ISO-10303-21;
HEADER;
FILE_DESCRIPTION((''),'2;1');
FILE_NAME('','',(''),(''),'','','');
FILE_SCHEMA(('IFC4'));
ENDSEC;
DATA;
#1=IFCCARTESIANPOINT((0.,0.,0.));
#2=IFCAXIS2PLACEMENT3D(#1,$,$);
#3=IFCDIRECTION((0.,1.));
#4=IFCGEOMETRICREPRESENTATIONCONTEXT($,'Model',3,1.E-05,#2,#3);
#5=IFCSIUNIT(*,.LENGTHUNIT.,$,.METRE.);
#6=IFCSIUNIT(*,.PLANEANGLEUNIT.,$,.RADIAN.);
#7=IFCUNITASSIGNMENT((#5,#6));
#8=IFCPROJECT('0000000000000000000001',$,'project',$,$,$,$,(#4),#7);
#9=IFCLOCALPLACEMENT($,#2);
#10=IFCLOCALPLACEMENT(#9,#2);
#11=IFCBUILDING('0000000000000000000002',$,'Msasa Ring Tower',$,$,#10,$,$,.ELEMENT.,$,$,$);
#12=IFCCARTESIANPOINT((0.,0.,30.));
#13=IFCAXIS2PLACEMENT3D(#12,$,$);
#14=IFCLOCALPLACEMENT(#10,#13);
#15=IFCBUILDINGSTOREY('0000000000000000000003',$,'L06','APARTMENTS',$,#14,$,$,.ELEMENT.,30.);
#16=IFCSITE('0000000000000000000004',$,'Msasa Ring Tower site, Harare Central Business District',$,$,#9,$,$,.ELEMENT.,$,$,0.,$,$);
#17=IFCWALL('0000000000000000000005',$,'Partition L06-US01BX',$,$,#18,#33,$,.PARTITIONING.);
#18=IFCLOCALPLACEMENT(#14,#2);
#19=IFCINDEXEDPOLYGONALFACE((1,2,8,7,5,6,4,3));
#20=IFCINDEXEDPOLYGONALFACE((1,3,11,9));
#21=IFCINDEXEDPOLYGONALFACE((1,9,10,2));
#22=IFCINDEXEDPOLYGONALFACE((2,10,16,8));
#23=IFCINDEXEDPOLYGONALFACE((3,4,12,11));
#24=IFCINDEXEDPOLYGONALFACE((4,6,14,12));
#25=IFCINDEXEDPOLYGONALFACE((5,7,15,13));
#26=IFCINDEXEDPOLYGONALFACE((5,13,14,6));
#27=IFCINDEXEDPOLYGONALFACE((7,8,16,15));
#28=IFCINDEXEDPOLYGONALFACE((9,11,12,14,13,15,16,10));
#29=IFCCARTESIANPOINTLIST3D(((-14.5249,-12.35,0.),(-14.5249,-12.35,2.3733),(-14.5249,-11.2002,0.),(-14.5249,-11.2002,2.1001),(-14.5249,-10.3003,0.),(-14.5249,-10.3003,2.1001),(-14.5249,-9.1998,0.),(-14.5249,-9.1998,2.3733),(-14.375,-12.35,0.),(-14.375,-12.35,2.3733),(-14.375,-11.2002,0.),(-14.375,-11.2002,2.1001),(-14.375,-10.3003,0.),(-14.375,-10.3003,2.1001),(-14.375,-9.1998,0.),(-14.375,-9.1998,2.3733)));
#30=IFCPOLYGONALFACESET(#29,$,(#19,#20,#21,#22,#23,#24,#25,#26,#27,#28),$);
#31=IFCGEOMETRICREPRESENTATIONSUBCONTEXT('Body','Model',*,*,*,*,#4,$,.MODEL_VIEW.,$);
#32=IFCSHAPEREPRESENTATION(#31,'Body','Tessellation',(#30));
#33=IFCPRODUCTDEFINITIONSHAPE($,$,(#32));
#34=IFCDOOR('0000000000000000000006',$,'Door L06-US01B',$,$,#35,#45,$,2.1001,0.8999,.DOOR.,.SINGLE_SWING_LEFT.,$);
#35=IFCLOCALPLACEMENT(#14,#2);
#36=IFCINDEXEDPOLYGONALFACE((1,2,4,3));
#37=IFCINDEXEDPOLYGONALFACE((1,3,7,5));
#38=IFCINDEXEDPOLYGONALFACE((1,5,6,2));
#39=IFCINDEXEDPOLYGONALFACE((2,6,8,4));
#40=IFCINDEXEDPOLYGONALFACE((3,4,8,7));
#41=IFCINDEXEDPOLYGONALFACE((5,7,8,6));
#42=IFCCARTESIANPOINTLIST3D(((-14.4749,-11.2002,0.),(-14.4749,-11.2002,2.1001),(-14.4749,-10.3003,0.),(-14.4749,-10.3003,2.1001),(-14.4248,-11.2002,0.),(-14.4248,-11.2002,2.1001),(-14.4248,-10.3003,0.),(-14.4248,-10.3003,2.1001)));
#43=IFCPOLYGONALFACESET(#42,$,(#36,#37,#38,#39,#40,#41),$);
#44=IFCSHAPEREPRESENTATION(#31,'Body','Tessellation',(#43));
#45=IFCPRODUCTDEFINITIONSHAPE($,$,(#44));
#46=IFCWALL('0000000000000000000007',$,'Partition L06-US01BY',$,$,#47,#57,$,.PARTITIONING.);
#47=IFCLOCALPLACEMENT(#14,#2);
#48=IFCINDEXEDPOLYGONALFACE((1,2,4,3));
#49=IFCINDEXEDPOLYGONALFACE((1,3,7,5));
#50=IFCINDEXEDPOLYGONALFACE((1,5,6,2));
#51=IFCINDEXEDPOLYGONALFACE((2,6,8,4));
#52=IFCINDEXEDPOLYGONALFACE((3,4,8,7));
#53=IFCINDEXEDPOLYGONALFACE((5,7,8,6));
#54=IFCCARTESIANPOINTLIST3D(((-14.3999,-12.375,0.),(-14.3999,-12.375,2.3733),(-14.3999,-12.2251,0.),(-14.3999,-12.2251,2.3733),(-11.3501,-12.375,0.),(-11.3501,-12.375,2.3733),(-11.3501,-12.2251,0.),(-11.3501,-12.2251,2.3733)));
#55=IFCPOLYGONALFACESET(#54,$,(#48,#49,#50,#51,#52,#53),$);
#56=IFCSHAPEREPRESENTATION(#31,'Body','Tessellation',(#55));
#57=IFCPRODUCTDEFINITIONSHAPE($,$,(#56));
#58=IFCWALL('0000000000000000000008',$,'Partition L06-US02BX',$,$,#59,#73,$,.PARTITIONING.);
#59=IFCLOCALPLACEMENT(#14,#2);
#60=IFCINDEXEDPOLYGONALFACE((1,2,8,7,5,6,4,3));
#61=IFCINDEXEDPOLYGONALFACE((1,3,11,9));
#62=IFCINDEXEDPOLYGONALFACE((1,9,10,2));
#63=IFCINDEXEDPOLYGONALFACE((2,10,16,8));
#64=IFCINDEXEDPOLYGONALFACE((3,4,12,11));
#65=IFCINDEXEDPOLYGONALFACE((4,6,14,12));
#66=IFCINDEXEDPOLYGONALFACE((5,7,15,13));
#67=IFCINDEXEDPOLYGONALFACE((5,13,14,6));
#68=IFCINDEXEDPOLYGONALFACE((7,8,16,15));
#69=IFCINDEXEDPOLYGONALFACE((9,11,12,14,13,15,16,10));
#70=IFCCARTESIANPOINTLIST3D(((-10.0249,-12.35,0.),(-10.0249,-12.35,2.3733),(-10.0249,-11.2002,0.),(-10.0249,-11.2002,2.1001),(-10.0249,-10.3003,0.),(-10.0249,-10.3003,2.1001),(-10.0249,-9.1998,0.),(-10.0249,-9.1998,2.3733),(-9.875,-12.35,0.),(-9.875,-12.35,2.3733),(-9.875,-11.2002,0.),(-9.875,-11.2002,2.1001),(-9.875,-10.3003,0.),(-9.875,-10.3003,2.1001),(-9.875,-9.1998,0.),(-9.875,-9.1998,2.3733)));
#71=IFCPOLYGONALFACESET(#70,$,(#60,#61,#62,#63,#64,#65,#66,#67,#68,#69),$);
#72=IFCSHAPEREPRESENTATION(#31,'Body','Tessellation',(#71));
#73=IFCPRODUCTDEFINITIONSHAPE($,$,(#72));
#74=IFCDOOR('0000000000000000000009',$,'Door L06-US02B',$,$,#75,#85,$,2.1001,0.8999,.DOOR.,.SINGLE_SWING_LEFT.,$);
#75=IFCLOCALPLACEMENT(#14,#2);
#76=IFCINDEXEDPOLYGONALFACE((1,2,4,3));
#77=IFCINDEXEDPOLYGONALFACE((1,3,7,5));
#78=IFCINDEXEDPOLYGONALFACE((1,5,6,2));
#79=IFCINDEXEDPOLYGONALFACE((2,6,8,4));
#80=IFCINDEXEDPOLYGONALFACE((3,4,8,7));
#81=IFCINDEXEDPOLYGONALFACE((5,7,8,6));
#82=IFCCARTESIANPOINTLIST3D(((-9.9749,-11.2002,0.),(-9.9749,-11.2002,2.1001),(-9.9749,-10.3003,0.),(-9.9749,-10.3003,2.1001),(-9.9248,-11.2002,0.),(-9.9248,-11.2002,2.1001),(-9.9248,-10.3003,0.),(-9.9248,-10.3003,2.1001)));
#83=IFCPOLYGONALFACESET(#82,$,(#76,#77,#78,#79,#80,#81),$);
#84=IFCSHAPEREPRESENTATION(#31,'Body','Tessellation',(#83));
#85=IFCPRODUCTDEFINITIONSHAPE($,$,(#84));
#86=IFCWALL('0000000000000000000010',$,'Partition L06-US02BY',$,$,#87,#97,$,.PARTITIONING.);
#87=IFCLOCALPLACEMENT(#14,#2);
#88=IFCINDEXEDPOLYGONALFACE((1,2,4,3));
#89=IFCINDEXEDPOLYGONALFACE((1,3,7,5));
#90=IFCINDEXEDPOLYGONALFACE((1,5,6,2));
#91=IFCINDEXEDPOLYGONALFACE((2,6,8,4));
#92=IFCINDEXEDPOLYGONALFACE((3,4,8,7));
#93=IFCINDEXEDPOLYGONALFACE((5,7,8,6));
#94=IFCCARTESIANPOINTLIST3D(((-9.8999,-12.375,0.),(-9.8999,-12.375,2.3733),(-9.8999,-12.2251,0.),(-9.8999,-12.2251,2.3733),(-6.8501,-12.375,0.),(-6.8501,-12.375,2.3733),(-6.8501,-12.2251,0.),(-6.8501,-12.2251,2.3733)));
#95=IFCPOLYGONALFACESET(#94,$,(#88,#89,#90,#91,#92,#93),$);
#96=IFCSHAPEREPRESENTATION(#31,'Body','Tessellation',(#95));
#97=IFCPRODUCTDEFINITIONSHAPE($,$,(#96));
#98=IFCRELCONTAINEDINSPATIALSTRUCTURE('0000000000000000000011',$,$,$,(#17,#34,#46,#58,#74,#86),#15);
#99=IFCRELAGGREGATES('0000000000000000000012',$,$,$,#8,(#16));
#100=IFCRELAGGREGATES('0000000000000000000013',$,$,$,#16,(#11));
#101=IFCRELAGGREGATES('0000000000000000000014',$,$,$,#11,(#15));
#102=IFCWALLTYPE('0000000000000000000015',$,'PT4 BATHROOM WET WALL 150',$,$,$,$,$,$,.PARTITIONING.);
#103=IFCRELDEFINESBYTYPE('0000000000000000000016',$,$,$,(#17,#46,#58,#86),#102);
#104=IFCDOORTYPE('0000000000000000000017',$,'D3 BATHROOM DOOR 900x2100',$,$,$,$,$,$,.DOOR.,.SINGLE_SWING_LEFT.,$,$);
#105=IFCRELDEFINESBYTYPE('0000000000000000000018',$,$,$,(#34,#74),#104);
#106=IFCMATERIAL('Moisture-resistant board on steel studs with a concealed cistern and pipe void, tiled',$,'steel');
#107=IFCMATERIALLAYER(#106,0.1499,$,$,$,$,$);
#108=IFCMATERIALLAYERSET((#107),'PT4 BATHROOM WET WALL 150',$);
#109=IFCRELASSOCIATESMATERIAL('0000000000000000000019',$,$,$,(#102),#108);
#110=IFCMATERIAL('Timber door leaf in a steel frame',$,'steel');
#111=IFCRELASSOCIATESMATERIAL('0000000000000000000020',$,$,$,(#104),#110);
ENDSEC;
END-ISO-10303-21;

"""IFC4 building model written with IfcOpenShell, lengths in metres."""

from ifc_helpers import new_model, si_unit, direction, frame, frame_2d, origin, place, context, subcontext, project, spatial, rectangle, extrude, material, layer, layer_set, type_object, element, fill, save


model = new_model("IFC4")

# Units and contexts
model_context = context("Model", 3, precision=1e-05, world=origin(), true_north=direction((0.0, 1.0)))
body_context = subcontext(model_context, "Body", "Model", "MODEL_VIEW")
ifc_project = project(units=[si_unit("LENGTHUNIT", "METRE"), si_unit("PLANEANGLEUNIT", "RADIAN")], contexts=[model_context])

# Site, building, storey
site_placement = place(None, origin())
site = spatial("IfcSite", under=ifc_project, at=site_placement, Name="Msasa Ring Tower site, Harare Central Business District", CompositionType="ELEMENT", RefElevation=0.0)
building_placement = place(site_placement, origin())
building = spatial("IfcBuilding", under=site, at=building_placement, Name="Msasa Ring Tower", CompositionType="ELEMENT")
storey_placement = place(building_placement, frame((0.0, 0.0, 30.0)))
storey = spatial("IfcBuildingStorey", under=building, at=storey_placement, Name="L06", Description="APARTMENTS", CompositionType="ELEMENT", Elevation=30.0)

# Wall, opening, door
ifc_material_1 = material(Name="Moisture-resistant board on steel studs with a concealed cistern and pipe void, tiled", Category="steel")
ifc_layer_1 = layer(ifc_material_1, 0.1499)
ifc_layer_set_1 = layer_set([ifc_layer_1], Name="PT4 BATHROOM WET WALL 150")
wall_type_1 = type_object("IfcWallType", Name="PT4 BATHROOM WET WALL 150", PredefinedType="PARTITIONING", material=ifc_layer_set_1)
wall_1_placement = place(storey_placement, frame((-14.45, -12.3501, 0.0), z_axis=(0.0, 0.0, 1.0), x_axis=(0.0, 1.0, 0.0)))
wall_1 = element("IfcWall", 1, at=wall_1_placement, inside=storey, type_object=wall_type_1, Name="Partition L06-US01BX", PredefinedType="PARTITIONING", context=body_context, shape_type="SweptSolid", body=[
    extrude(rectangle(XDim=3.1501, YDim=0.1499, at=frame_2d((1.5752, 0.0))), origin(), (0.0, 0.0, 1.0), 2.3733),
])
opening_1_placement = place(wall_1_placement, frame((1.1499, 0.0, 0.0)))
opening_1 = element("IfcOpeningElement", 2, at=opening_1_placement, cuts=wall_1, PredefinedType="OPENING", context=body_context, shape_type="SweptSolid", body=[
    extrude(rectangle(XDim=0.8999, YDim=2.1001, at=frame_2d((0.45, 1.05))), frame((0.0, 0.085, 0.0), z_axis=(0.0, -1.0, 0.0), x_axis=(1.0, 0.0, 0.0)), (0.0, 0.0, 1.0), 0.1699),
])
ifc_material_2 = material(Name="Timber door leaf in a steel frame", Category="steel")
door_type_1 = type_object("IfcDoorType", Name="D3 BATHROOM DOOR 900x2100", OperationType="SINGLE_SWING_LEFT", PredefinedType="DOOR", material=ifc_material_2)
door_1_placement = place(opening_1_placement, origin())
door_1 = element("IfcDoor", 3, at=door_1_placement, inside=storey, type_object=door_type_1, Name="Door L06-US01B", OperationType="SINGLE_SWING_LEFT", OverallHeight=2.1001, OverallWidth=0.8999, PredefinedType="DOOR", context=body_context, shape_type="SweptSolid", body=[
    extrude(rectangle(XDim=0.8999, YDim=2.1001, at=frame_2d((0.45, 1.05))), frame((0.0, 0.0249, 0.0), z_axis=(0.0, -1.0, 0.0), x_axis=(1.0, 0.0, 0.0)), (0.0, 0.0, 1.0), 0.05),
])
fill(opening_1, door_1)

# Wall
wall_2_placement = place(storey_placement, frame((-14.3999, -12.3, 0.0), z_axis=(0.0, 0.0, 1.0), x_axis=(1.0, 0.0, 0.0)))
element("IfcWall", 4, at=wall_2_placement, inside=storey, type_object=wall_type_1, Name="Partition L06-US01BY", PredefinedType="PARTITIONING", context=body_context, shape_type="SweptSolid", body=[
    extrude(rectangle(XDim=3.0498, YDim=0.1499, at=frame_2d((1.5249, 0.0))), origin(), (0.0, 0.0, 1.0), 2.3733),
])

# Wall, opening, door
wall_3_placement = place(storey_placement, frame((-9.95, -12.3501, 0.0), z_axis=(0.0, 0.0, 1.0), x_axis=(0.0, 1.0, 0.0)))
wall_3 = element("IfcWall", 5, at=wall_3_placement, inside=storey, type_object=wall_type_1, Name="Partition L06-US02BX", PredefinedType="PARTITIONING", context=body_context, shape_type="SweptSolid", body=[
    extrude(rectangle(XDim=3.1501, YDim=0.1499, at=frame_2d((1.5752, 0.0))), origin(), (0.0, 0.0, 1.0), 2.3733),
])
opening_2_placement = place(wall_3_placement, frame((1.1499, 0.0, 0.0)))
opening_2 = element("IfcOpeningElement", 6, at=opening_2_placement, cuts=wall_3, PredefinedType="OPENING", context=body_context, shape_type="SweptSolid", body=[
    extrude(rectangle(XDim=0.8999, YDim=2.1001, at=frame_2d((0.45, 1.05))), frame((0.0, 0.085, 0.0), z_axis=(0.0, -1.0, 0.0), x_axis=(1.0, 0.0, 0.0)), (0.0, 0.0, 1.0), 0.1699),
])
door_2_placement = place(opening_2_placement, origin())
door_2 = element("IfcDoor", 7, at=door_2_placement, inside=storey, type_object=door_type_1, Name="Door L06-US02B", OperationType="SINGLE_SWING_LEFT", OverallHeight=2.1001, OverallWidth=0.8999, PredefinedType="DOOR", context=body_context, shape_type="SweptSolid", body=[
    extrude(rectangle(XDim=0.8999, YDim=2.1001, at=frame_2d((0.45, 1.05))), frame((0.0, 0.0249, 0.0), z_axis=(0.0, -1.0, 0.0), x_axis=(1.0, 0.0, 0.0)), (0.0, 0.0, 1.0), 0.05),
])
fill(opening_2, door_2)

# Wall
wall_4_placement = place(storey_placement, frame((-9.8999, -12.3, 0.0), z_axis=(0.0, 0.0, 1.0), x_axis=(1.0, 0.0, 0.0)))
element("IfcWall", 8, at=wall_4_placement, inside=storey, type_object=wall_type_1, Name="Partition L06-US02BY", PredefinedType="PARTITIONING", context=body_context, shape_type="SweptSolid", body=[
    extrude(rectangle(XDim=3.0498, YDim=0.1499, at=frame_2d((1.5249, 0.0))), origin(), (0.0, 0.0, 1.0), 2.3733),
])

save(model, "model.ifc")
